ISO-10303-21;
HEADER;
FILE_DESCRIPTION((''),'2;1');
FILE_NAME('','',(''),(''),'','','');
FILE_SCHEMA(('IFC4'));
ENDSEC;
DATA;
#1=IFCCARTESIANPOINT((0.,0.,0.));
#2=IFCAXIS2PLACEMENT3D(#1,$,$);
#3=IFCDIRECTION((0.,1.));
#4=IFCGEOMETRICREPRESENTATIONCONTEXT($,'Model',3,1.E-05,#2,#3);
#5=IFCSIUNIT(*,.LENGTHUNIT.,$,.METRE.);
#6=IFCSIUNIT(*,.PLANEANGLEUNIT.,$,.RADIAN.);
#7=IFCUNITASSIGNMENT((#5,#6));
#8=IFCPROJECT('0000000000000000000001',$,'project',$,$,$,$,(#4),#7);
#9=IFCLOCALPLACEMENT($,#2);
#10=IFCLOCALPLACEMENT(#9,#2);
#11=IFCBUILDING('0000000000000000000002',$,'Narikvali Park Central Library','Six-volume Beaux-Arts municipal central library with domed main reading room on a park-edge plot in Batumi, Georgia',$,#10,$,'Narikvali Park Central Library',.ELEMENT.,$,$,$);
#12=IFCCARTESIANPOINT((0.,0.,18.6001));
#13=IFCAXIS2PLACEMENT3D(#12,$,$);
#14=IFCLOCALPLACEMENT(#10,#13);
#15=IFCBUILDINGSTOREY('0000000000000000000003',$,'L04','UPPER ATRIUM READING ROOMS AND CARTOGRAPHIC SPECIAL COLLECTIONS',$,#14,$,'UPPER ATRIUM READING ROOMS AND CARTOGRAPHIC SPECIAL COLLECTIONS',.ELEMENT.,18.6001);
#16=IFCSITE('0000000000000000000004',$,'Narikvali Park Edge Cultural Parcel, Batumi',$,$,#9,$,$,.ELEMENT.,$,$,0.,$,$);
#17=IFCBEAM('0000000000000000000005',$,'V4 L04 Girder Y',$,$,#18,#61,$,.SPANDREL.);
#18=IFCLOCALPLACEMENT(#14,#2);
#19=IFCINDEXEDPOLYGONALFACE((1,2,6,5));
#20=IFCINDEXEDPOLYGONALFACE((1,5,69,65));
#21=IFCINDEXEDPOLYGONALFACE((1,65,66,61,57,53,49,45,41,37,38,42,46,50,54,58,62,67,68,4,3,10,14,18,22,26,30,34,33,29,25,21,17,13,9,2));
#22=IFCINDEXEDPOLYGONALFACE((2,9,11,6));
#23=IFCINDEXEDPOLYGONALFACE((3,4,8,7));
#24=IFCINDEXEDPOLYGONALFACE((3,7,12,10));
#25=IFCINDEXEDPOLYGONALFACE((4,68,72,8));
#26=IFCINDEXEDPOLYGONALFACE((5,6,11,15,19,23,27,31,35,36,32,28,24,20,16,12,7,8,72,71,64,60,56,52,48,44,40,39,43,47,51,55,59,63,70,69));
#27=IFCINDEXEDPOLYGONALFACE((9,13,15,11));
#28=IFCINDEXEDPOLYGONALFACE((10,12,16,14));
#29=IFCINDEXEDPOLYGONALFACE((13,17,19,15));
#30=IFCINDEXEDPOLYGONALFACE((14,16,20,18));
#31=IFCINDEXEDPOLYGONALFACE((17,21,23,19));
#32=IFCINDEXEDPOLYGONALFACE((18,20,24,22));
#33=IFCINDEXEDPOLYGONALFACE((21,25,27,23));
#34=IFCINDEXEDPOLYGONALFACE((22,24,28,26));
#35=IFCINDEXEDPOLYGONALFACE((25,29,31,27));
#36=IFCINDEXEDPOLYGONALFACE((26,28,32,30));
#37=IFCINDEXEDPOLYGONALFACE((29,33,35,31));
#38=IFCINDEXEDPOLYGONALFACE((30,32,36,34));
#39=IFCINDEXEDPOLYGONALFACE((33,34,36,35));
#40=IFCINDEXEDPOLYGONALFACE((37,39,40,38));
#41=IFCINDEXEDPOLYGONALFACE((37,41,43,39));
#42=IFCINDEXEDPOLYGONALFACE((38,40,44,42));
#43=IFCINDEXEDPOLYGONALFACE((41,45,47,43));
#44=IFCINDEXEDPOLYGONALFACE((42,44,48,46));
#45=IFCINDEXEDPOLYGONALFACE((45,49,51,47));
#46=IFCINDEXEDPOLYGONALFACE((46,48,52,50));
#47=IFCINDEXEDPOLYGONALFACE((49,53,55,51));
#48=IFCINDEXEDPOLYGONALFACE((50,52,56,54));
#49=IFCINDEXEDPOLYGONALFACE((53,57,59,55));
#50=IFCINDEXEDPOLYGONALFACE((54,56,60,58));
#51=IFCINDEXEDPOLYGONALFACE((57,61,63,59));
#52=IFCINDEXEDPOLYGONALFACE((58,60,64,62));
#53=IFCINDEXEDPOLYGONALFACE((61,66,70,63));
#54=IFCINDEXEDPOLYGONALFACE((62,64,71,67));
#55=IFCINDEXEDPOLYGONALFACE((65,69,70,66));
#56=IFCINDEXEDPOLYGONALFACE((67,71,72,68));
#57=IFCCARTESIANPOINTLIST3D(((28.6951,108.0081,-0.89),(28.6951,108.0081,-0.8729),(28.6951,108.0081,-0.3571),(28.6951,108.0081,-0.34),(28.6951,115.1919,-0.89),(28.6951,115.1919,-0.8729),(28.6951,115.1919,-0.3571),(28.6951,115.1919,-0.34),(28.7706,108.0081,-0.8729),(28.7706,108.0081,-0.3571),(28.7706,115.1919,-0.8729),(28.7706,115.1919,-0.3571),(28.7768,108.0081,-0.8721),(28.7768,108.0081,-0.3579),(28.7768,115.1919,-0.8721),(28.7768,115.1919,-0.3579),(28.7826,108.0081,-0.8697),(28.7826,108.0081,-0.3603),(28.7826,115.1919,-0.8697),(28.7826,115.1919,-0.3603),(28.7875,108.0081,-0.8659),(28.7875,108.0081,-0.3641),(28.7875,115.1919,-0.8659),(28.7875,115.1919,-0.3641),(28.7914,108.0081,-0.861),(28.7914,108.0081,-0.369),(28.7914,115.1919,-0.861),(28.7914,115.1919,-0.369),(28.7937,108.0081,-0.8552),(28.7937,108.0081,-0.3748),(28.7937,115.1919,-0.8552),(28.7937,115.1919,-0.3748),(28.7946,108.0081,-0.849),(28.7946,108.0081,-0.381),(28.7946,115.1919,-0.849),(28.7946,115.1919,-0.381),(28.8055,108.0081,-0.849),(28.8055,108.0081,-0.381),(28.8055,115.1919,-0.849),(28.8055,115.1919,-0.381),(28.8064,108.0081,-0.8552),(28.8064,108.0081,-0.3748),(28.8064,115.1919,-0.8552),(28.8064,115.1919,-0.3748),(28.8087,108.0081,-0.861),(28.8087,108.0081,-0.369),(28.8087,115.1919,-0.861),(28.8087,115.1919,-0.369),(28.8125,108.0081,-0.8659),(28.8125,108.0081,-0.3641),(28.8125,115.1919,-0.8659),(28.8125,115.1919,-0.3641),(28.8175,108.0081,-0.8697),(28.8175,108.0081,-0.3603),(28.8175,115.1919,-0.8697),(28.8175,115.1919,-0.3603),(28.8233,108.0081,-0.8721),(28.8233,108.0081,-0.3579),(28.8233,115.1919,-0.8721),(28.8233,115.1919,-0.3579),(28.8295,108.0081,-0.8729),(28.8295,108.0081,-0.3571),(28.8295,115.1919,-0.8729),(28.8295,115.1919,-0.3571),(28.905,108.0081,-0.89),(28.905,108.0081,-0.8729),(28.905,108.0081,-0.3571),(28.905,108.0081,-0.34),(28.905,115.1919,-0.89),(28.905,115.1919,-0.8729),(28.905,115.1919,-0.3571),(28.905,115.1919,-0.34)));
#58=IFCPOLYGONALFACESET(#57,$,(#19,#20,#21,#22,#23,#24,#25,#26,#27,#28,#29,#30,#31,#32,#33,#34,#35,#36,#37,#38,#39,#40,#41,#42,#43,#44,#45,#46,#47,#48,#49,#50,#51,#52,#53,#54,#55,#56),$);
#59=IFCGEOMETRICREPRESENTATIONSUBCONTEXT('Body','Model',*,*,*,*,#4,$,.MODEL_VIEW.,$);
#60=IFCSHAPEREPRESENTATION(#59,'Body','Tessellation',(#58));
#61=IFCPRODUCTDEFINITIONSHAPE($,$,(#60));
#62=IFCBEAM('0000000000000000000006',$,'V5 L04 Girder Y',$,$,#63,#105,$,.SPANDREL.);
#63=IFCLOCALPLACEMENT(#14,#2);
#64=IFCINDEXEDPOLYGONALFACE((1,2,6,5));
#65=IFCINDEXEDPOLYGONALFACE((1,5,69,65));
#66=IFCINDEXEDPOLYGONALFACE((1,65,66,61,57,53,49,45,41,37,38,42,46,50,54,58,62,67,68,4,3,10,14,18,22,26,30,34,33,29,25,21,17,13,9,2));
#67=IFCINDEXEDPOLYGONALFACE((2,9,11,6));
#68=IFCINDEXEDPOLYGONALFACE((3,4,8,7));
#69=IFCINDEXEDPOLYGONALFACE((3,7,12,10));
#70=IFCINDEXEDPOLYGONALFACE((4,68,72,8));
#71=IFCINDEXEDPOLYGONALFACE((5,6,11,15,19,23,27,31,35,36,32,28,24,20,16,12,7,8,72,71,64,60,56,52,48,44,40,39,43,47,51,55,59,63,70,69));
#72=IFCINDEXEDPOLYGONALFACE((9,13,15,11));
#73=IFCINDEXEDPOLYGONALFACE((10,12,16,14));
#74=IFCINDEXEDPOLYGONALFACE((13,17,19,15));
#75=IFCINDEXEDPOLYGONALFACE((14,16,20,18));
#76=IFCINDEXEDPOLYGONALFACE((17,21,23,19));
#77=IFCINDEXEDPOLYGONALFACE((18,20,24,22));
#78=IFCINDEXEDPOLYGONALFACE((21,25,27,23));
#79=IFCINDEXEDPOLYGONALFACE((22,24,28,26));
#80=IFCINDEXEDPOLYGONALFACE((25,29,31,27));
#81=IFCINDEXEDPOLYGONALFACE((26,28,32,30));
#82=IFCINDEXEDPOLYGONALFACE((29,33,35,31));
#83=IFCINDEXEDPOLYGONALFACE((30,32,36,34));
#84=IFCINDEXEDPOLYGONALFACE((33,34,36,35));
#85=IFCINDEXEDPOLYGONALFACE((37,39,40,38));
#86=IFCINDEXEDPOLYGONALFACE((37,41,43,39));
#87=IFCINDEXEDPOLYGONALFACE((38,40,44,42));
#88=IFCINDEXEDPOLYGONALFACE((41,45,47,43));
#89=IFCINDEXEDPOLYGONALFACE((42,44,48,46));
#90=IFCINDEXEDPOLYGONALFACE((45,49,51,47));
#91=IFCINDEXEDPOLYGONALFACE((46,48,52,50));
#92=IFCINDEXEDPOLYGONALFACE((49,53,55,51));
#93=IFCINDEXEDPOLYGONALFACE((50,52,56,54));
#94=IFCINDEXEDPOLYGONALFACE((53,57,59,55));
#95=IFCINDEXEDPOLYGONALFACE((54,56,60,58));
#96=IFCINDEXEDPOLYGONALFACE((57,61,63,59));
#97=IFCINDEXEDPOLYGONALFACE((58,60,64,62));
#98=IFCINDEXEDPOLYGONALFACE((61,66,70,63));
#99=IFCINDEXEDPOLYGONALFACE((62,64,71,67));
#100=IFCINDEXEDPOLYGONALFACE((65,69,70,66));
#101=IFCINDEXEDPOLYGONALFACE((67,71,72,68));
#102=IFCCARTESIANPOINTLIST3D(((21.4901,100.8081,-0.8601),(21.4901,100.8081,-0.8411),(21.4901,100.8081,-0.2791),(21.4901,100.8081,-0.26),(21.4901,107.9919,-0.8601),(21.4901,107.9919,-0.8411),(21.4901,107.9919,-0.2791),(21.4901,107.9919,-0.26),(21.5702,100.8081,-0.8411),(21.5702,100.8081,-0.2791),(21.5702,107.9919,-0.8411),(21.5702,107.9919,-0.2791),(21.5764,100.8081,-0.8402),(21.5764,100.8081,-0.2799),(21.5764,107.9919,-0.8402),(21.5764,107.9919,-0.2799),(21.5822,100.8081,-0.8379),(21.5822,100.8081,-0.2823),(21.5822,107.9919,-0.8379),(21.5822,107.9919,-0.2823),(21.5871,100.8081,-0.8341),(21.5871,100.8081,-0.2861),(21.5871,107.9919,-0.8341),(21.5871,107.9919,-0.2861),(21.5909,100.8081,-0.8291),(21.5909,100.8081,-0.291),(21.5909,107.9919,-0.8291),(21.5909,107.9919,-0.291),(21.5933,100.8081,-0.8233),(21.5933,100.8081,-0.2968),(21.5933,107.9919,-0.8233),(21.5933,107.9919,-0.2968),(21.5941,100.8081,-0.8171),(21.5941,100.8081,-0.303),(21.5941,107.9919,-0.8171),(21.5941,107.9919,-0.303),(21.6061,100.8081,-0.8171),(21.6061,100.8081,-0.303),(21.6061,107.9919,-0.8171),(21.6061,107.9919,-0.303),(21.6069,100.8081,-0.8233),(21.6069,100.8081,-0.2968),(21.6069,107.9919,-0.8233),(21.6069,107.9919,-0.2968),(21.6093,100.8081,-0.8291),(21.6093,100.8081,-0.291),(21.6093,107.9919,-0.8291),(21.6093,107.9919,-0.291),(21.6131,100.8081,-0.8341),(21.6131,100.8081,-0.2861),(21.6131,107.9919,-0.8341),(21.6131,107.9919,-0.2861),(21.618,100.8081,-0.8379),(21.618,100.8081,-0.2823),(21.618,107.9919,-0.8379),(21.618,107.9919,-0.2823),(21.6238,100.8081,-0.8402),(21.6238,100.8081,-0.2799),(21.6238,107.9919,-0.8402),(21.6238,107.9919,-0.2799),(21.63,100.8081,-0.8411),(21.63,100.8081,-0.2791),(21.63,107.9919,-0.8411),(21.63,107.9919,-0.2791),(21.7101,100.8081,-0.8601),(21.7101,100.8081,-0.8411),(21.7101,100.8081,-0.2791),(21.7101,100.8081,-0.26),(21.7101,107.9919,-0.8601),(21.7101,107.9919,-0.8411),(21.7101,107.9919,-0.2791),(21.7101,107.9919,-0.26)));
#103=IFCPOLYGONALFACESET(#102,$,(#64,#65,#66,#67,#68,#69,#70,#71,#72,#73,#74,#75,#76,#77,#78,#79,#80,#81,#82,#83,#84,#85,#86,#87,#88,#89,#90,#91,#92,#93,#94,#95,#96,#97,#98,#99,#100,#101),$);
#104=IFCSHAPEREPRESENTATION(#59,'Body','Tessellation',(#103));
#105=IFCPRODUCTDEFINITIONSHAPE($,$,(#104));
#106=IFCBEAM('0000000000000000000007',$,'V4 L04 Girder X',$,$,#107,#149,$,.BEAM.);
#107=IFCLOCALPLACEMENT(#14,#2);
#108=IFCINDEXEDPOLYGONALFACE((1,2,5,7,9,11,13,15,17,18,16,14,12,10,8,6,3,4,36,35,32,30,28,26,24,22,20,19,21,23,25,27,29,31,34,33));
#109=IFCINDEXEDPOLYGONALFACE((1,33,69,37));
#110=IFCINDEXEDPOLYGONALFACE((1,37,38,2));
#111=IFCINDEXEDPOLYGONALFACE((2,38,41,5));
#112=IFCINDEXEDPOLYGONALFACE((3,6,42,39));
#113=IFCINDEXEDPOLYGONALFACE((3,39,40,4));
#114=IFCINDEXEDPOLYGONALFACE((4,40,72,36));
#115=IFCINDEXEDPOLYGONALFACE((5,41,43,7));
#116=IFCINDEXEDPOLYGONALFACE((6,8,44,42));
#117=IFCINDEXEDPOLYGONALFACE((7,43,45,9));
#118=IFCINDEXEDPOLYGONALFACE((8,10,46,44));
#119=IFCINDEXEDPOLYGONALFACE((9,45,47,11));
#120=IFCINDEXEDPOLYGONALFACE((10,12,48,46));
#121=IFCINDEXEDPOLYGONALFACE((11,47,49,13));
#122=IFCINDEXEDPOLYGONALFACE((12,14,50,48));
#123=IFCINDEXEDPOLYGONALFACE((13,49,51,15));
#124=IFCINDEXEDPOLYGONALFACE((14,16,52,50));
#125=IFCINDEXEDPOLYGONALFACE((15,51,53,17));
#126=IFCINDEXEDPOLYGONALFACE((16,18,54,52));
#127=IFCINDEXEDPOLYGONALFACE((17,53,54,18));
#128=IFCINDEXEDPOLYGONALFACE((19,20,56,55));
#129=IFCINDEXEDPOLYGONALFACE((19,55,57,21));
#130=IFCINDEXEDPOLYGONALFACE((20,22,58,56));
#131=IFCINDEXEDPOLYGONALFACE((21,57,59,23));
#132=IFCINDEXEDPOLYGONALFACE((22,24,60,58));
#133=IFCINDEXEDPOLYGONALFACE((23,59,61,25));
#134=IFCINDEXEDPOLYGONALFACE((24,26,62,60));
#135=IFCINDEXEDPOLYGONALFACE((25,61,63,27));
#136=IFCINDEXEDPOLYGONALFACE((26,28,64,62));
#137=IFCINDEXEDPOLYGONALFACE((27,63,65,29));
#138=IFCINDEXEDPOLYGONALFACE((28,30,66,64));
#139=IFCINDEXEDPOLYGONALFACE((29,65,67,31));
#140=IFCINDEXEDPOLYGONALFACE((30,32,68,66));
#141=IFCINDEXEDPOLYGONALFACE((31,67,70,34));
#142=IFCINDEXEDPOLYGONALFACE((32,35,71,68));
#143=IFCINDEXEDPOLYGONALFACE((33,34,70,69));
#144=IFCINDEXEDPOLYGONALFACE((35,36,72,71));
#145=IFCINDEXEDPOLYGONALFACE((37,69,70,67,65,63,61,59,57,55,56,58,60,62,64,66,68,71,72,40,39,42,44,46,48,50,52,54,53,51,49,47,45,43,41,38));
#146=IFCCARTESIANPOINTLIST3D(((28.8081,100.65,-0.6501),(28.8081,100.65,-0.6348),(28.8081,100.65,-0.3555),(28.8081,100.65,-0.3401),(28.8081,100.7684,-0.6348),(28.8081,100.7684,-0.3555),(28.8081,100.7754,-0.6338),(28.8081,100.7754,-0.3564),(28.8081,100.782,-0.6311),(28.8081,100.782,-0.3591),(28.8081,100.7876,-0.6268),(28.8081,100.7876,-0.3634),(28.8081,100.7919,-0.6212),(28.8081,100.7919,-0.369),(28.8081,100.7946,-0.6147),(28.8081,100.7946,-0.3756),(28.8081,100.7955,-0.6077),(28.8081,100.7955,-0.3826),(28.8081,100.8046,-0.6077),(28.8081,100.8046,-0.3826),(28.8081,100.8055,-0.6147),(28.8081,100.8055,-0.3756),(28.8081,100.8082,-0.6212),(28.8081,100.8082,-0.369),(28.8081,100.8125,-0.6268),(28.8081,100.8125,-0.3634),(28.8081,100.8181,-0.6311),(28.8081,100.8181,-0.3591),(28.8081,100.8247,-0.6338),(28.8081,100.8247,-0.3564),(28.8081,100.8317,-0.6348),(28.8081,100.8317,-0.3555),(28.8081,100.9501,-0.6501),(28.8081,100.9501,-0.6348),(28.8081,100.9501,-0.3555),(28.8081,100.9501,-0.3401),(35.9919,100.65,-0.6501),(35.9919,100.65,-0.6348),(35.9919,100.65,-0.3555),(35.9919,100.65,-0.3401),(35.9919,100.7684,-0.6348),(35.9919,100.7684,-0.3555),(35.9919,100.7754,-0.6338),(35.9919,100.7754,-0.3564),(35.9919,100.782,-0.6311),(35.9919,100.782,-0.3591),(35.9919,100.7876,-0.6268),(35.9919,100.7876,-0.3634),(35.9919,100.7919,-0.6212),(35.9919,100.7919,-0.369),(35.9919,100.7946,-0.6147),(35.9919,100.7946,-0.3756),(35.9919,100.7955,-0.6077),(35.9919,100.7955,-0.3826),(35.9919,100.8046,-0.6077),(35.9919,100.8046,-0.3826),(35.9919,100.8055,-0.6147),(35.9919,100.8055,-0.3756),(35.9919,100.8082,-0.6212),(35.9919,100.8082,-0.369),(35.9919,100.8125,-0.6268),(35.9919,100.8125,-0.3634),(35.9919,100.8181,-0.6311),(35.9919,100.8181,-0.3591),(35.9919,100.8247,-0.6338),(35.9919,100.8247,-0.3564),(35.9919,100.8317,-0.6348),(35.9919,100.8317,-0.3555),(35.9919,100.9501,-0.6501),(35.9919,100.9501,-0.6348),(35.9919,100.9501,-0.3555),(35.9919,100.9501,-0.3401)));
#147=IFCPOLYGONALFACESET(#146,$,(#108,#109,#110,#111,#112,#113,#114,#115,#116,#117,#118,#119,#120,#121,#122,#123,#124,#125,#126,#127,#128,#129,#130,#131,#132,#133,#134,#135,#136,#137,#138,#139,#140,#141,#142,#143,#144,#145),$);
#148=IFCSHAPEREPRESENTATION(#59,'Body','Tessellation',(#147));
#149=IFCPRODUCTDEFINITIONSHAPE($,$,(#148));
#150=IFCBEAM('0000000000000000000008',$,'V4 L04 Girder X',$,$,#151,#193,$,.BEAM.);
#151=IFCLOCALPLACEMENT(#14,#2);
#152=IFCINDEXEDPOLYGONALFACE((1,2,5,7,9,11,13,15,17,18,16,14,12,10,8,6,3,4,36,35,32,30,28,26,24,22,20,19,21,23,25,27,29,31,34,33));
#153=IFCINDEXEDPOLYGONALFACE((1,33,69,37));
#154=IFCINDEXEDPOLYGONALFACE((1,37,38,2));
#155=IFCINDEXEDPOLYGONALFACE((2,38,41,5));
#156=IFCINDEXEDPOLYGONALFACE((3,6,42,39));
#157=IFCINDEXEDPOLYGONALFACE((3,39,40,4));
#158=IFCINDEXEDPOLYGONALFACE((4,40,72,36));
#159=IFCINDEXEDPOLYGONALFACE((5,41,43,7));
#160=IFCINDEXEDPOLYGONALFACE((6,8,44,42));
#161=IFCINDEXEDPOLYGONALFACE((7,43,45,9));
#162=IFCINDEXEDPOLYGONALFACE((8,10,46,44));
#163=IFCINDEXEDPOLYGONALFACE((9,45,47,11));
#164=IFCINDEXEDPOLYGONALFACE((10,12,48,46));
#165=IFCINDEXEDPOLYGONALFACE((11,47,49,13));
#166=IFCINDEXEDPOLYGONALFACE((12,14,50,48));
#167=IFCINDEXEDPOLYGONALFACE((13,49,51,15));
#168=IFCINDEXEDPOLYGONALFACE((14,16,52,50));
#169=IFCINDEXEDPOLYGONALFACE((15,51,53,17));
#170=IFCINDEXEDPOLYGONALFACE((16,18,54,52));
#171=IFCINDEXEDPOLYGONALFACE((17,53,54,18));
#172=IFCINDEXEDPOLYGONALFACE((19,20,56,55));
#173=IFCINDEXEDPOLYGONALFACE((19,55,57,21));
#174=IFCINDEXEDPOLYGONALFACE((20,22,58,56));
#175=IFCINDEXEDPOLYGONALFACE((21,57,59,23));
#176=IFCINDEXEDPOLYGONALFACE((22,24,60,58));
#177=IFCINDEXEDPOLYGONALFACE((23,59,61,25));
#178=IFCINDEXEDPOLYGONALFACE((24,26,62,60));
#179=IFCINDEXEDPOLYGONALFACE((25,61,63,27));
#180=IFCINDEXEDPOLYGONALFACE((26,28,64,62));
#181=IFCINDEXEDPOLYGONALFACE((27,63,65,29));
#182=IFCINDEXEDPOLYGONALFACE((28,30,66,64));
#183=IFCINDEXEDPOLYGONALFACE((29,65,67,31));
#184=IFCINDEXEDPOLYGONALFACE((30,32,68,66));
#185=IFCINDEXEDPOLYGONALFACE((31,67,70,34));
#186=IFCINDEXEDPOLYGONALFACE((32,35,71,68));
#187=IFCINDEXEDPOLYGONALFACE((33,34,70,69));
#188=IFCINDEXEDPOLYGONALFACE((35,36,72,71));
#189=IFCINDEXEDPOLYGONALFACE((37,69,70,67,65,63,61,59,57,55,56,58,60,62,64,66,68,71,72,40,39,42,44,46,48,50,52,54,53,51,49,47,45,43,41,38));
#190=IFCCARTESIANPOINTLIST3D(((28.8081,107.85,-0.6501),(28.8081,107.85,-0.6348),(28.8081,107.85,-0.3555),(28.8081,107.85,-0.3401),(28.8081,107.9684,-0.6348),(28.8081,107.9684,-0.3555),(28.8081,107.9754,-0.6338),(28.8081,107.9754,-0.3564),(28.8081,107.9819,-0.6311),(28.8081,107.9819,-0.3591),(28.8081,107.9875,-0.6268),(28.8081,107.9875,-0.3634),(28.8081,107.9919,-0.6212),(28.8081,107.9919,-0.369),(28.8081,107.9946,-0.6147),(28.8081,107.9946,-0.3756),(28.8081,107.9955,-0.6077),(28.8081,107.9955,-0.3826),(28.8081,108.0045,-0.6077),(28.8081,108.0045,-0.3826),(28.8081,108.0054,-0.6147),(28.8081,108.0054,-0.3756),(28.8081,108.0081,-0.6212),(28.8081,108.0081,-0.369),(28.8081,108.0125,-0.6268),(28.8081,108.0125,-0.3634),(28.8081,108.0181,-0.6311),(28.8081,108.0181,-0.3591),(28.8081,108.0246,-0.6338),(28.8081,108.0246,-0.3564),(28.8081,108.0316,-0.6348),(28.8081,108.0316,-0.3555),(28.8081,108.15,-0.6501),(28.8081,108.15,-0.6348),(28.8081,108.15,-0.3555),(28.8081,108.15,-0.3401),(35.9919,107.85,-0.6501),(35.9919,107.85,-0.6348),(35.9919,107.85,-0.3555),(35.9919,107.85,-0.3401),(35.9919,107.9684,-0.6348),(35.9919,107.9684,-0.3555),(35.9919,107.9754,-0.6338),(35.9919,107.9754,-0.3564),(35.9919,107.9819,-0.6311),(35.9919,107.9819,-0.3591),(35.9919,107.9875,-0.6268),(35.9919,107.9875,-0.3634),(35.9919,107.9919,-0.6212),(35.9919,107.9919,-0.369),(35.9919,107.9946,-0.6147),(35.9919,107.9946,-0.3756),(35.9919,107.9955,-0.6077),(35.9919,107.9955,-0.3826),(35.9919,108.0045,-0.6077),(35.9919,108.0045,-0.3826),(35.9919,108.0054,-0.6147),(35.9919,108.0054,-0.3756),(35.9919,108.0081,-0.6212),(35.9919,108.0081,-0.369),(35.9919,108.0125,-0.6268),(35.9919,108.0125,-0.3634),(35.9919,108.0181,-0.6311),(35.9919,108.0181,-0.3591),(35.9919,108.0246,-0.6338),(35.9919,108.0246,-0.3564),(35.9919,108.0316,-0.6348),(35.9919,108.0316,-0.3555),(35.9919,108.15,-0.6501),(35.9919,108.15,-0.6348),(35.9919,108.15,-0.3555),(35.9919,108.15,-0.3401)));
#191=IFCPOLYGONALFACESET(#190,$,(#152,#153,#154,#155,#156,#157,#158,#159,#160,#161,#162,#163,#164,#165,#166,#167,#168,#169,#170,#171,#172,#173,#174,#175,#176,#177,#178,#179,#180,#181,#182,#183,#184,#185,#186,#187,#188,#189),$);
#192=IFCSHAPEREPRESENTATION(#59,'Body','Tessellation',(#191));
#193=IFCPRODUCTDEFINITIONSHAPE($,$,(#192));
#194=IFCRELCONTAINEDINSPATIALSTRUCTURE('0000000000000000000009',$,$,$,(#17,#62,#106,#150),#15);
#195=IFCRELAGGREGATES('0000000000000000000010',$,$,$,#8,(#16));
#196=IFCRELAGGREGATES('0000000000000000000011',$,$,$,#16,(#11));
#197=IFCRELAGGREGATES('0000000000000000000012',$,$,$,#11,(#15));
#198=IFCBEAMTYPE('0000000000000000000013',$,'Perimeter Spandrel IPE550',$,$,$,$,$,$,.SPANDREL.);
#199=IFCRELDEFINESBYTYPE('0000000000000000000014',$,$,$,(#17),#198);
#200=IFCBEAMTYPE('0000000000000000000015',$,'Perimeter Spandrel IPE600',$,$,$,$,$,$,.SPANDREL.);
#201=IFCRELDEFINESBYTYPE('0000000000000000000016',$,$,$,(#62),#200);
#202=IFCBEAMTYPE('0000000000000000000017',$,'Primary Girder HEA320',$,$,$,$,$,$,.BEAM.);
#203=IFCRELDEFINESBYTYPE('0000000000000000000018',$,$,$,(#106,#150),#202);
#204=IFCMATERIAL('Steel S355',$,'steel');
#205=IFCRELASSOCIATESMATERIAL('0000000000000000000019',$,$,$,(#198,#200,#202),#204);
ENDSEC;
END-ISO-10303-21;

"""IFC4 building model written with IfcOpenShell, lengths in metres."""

from ifc_helpers import new_model, si_unit, direction, frame, origin, origin_2d, place, context, subcontext, project, spatial, i_section, extrude, material, material_profile, profile_set, type_object, element, save


model = new_model("IFC4")

# Units and contexts
model_context = context("Model", 3, precision=1e-05, world=origin(), true_north=direction((0.0, 1.0)))
body_context = subcontext(model_context, "Body", "Model", "MODEL_VIEW")
ifc_project = project(units=[si_unit("LENGTHUNIT", "METRE"), si_unit("PLANEANGLEUNIT", "RADIAN")], contexts=[model_context])

# Site, building, storey
site_placement = place(None, origin())
site = spatial("IfcSite", under=ifc_project, at=site_placement, Name="Narikvali Park Edge Cultural Parcel, Batumi", CompositionType="ELEMENT", RefElevation=0.0)
building_placement = place(site_placement, origin())
building = spatial("IfcBuilding", under=site, at=building_placement, Name="Narikvali Park Central Library", Description="Six-volume Beaux-Arts municipal central library with domed main reading room on a park-edge plot in Batumi, Georgia", LongName="Narikvali Park Central Library", CompositionType="ELEMENT")
storey_placement = place(building_placement, frame((0.0, 0.0, 18.6001)))
storey = spatial("IfcBuildingStorey", under=building, at=storey_placement, Name="L04", Description="UPPER ATRIUM READING ROOMS AND CARTOGRAPHIC SPECIAL COLLECTIONS", LongName="UPPER ATRIUM READING ROOMS AND CARTOGRAPHIC SPECIAL COLLECTIONS", CompositionType="ELEMENT", Elevation=18.6001)

# Shared definitions
ifc_material_1 = material(Name="Steel S355", Category="steel")

# Beams
ifc_material_profile_1 = material_profile(ifc_material_1, i_section(OverallWidth=0.21, OverallDepth=0.55, WebThickness=0.011, FlangeThickness=0.0171, FilletRadius=0.0239, at=origin_2d()), Name="IPE 550")
ifc_profile_set_1 = profile_set([ifc_material_profile_1], Name="Steel S355")
beam_type_1 = type_object("IfcBeamType", Name="Perimeter Spandrel IPE550", PredefinedType="SPANDREL", material=ifc_profile_set_1)
for number, where, z_axis, x_axis, name in (
    (1, (28.8, 108.0081, -0.615), (0.0, 1.0, 0.0), (-1.0, 0.0, 0.0), "V4 L04 Girder Y"),
):
    element("IfcBeam", number, at=place(storey_placement, frame(where, z_axis=z_axis, x_axis=x_axis)), inside=storey, type_object=beam_type_1, Name=name, PredefinedType="SPANDREL", context=body_context, shape_type="SweptSolid", body=[
        extrude(i_section(OverallWidth=0.21, OverallDepth=0.55, WebThickness=0.011, FlangeThickness=0.0171, FilletRadius=0.0239, at=origin_2d()), origin(), (0.0, 0.0, 1.0), 7.1838),
    ])
ifc_material_profile_2 = material_profile(ifc_material_1, i_section(OverallWidth=0.22, OverallDepth=0.6001, WebThickness=0.012, FlangeThickness=0.019, FilletRadius=0.0239, at=origin_2d()), Name="IPE 600")
ifc_profile_set_2 = profile_set([ifc_material_profile_2], Name="Steel S355")
beam_type_2 = type_object("IfcBeamType", Name="Perimeter Spandrel IPE600", PredefinedType="SPANDREL", material=ifc_profile_set_2)
beam_placement = place(storey_placement, frame((21.6001, 100.8081, -0.5601), z_axis=(0.0, 1.0, 0.0), x_axis=(-1.0, 0.0, 0.0)))
element("IfcBeam", 2, at=beam_placement, inside=storey, type_object=beam_type_2, Name="V5 L04 Girder Y", PredefinedType="SPANDREL", context=body_context, shape_type="SweptSolid", body=[
    extrude(i_section(OverallWidth=0.22, OverallDepth=0.6001, WebThickness=0.012, FlangeThickness=0.019, FilletRadius=0.0239, at=origin_2d()), origin(), (0.0, 0.0, 1.0), 7.1838),
])
ifc_material_profile_3 = material_profile(ifc_material_1, i_section(OverallWidth=0.3, OverallDepth=0.3101, WebThickness=0.009, FlangeThickness=0.0154, FilletRadius=0.0271, at=origin_2d()), Name="HEA 320")
ifc_profile_set_3 = profile_set([ifc_material_profile_3], Name="Steel S355")
beam_type_3 = type_object("IfcBeamType", Name="Primary Girder HEA320", PredefinedType="BEAM", material=ifc_profile_set_3)
for number, where, z_axis, x_axis, name in (
    (3, (28.8081, 100.8, -0.4951), (1.0, 0.0, 0.0), (0.0, 1.0, 0.0), "V4 L04 Girder X"),
    (4, (28.8081, 108.0, -0.4951), (1.0, 0.0, 0.0), (0.0, 1.0, 0.0), "V4 L04 Girder X"),
):
    element("IfcBeam", number, at=place(storey_placement, frame(where, z_axis=z_axis, x_axis=x_axis)), inside=storey, type_object=beam_type_3, Name=name, PredefinedType="BEAM", context=body_context, shape_type="SweptSolid", body=[
        extrude(i_section(OverallWidth=0.3, OverallDepth=0.3101, WebThickness=0.009, FlangeThickness=0.0154, FilletRadius=0.0271, at=origin_2d()), origin(), (0.0, 0.0, 1.0), 7.1838),
    ])

save(model, "model.ifc")
